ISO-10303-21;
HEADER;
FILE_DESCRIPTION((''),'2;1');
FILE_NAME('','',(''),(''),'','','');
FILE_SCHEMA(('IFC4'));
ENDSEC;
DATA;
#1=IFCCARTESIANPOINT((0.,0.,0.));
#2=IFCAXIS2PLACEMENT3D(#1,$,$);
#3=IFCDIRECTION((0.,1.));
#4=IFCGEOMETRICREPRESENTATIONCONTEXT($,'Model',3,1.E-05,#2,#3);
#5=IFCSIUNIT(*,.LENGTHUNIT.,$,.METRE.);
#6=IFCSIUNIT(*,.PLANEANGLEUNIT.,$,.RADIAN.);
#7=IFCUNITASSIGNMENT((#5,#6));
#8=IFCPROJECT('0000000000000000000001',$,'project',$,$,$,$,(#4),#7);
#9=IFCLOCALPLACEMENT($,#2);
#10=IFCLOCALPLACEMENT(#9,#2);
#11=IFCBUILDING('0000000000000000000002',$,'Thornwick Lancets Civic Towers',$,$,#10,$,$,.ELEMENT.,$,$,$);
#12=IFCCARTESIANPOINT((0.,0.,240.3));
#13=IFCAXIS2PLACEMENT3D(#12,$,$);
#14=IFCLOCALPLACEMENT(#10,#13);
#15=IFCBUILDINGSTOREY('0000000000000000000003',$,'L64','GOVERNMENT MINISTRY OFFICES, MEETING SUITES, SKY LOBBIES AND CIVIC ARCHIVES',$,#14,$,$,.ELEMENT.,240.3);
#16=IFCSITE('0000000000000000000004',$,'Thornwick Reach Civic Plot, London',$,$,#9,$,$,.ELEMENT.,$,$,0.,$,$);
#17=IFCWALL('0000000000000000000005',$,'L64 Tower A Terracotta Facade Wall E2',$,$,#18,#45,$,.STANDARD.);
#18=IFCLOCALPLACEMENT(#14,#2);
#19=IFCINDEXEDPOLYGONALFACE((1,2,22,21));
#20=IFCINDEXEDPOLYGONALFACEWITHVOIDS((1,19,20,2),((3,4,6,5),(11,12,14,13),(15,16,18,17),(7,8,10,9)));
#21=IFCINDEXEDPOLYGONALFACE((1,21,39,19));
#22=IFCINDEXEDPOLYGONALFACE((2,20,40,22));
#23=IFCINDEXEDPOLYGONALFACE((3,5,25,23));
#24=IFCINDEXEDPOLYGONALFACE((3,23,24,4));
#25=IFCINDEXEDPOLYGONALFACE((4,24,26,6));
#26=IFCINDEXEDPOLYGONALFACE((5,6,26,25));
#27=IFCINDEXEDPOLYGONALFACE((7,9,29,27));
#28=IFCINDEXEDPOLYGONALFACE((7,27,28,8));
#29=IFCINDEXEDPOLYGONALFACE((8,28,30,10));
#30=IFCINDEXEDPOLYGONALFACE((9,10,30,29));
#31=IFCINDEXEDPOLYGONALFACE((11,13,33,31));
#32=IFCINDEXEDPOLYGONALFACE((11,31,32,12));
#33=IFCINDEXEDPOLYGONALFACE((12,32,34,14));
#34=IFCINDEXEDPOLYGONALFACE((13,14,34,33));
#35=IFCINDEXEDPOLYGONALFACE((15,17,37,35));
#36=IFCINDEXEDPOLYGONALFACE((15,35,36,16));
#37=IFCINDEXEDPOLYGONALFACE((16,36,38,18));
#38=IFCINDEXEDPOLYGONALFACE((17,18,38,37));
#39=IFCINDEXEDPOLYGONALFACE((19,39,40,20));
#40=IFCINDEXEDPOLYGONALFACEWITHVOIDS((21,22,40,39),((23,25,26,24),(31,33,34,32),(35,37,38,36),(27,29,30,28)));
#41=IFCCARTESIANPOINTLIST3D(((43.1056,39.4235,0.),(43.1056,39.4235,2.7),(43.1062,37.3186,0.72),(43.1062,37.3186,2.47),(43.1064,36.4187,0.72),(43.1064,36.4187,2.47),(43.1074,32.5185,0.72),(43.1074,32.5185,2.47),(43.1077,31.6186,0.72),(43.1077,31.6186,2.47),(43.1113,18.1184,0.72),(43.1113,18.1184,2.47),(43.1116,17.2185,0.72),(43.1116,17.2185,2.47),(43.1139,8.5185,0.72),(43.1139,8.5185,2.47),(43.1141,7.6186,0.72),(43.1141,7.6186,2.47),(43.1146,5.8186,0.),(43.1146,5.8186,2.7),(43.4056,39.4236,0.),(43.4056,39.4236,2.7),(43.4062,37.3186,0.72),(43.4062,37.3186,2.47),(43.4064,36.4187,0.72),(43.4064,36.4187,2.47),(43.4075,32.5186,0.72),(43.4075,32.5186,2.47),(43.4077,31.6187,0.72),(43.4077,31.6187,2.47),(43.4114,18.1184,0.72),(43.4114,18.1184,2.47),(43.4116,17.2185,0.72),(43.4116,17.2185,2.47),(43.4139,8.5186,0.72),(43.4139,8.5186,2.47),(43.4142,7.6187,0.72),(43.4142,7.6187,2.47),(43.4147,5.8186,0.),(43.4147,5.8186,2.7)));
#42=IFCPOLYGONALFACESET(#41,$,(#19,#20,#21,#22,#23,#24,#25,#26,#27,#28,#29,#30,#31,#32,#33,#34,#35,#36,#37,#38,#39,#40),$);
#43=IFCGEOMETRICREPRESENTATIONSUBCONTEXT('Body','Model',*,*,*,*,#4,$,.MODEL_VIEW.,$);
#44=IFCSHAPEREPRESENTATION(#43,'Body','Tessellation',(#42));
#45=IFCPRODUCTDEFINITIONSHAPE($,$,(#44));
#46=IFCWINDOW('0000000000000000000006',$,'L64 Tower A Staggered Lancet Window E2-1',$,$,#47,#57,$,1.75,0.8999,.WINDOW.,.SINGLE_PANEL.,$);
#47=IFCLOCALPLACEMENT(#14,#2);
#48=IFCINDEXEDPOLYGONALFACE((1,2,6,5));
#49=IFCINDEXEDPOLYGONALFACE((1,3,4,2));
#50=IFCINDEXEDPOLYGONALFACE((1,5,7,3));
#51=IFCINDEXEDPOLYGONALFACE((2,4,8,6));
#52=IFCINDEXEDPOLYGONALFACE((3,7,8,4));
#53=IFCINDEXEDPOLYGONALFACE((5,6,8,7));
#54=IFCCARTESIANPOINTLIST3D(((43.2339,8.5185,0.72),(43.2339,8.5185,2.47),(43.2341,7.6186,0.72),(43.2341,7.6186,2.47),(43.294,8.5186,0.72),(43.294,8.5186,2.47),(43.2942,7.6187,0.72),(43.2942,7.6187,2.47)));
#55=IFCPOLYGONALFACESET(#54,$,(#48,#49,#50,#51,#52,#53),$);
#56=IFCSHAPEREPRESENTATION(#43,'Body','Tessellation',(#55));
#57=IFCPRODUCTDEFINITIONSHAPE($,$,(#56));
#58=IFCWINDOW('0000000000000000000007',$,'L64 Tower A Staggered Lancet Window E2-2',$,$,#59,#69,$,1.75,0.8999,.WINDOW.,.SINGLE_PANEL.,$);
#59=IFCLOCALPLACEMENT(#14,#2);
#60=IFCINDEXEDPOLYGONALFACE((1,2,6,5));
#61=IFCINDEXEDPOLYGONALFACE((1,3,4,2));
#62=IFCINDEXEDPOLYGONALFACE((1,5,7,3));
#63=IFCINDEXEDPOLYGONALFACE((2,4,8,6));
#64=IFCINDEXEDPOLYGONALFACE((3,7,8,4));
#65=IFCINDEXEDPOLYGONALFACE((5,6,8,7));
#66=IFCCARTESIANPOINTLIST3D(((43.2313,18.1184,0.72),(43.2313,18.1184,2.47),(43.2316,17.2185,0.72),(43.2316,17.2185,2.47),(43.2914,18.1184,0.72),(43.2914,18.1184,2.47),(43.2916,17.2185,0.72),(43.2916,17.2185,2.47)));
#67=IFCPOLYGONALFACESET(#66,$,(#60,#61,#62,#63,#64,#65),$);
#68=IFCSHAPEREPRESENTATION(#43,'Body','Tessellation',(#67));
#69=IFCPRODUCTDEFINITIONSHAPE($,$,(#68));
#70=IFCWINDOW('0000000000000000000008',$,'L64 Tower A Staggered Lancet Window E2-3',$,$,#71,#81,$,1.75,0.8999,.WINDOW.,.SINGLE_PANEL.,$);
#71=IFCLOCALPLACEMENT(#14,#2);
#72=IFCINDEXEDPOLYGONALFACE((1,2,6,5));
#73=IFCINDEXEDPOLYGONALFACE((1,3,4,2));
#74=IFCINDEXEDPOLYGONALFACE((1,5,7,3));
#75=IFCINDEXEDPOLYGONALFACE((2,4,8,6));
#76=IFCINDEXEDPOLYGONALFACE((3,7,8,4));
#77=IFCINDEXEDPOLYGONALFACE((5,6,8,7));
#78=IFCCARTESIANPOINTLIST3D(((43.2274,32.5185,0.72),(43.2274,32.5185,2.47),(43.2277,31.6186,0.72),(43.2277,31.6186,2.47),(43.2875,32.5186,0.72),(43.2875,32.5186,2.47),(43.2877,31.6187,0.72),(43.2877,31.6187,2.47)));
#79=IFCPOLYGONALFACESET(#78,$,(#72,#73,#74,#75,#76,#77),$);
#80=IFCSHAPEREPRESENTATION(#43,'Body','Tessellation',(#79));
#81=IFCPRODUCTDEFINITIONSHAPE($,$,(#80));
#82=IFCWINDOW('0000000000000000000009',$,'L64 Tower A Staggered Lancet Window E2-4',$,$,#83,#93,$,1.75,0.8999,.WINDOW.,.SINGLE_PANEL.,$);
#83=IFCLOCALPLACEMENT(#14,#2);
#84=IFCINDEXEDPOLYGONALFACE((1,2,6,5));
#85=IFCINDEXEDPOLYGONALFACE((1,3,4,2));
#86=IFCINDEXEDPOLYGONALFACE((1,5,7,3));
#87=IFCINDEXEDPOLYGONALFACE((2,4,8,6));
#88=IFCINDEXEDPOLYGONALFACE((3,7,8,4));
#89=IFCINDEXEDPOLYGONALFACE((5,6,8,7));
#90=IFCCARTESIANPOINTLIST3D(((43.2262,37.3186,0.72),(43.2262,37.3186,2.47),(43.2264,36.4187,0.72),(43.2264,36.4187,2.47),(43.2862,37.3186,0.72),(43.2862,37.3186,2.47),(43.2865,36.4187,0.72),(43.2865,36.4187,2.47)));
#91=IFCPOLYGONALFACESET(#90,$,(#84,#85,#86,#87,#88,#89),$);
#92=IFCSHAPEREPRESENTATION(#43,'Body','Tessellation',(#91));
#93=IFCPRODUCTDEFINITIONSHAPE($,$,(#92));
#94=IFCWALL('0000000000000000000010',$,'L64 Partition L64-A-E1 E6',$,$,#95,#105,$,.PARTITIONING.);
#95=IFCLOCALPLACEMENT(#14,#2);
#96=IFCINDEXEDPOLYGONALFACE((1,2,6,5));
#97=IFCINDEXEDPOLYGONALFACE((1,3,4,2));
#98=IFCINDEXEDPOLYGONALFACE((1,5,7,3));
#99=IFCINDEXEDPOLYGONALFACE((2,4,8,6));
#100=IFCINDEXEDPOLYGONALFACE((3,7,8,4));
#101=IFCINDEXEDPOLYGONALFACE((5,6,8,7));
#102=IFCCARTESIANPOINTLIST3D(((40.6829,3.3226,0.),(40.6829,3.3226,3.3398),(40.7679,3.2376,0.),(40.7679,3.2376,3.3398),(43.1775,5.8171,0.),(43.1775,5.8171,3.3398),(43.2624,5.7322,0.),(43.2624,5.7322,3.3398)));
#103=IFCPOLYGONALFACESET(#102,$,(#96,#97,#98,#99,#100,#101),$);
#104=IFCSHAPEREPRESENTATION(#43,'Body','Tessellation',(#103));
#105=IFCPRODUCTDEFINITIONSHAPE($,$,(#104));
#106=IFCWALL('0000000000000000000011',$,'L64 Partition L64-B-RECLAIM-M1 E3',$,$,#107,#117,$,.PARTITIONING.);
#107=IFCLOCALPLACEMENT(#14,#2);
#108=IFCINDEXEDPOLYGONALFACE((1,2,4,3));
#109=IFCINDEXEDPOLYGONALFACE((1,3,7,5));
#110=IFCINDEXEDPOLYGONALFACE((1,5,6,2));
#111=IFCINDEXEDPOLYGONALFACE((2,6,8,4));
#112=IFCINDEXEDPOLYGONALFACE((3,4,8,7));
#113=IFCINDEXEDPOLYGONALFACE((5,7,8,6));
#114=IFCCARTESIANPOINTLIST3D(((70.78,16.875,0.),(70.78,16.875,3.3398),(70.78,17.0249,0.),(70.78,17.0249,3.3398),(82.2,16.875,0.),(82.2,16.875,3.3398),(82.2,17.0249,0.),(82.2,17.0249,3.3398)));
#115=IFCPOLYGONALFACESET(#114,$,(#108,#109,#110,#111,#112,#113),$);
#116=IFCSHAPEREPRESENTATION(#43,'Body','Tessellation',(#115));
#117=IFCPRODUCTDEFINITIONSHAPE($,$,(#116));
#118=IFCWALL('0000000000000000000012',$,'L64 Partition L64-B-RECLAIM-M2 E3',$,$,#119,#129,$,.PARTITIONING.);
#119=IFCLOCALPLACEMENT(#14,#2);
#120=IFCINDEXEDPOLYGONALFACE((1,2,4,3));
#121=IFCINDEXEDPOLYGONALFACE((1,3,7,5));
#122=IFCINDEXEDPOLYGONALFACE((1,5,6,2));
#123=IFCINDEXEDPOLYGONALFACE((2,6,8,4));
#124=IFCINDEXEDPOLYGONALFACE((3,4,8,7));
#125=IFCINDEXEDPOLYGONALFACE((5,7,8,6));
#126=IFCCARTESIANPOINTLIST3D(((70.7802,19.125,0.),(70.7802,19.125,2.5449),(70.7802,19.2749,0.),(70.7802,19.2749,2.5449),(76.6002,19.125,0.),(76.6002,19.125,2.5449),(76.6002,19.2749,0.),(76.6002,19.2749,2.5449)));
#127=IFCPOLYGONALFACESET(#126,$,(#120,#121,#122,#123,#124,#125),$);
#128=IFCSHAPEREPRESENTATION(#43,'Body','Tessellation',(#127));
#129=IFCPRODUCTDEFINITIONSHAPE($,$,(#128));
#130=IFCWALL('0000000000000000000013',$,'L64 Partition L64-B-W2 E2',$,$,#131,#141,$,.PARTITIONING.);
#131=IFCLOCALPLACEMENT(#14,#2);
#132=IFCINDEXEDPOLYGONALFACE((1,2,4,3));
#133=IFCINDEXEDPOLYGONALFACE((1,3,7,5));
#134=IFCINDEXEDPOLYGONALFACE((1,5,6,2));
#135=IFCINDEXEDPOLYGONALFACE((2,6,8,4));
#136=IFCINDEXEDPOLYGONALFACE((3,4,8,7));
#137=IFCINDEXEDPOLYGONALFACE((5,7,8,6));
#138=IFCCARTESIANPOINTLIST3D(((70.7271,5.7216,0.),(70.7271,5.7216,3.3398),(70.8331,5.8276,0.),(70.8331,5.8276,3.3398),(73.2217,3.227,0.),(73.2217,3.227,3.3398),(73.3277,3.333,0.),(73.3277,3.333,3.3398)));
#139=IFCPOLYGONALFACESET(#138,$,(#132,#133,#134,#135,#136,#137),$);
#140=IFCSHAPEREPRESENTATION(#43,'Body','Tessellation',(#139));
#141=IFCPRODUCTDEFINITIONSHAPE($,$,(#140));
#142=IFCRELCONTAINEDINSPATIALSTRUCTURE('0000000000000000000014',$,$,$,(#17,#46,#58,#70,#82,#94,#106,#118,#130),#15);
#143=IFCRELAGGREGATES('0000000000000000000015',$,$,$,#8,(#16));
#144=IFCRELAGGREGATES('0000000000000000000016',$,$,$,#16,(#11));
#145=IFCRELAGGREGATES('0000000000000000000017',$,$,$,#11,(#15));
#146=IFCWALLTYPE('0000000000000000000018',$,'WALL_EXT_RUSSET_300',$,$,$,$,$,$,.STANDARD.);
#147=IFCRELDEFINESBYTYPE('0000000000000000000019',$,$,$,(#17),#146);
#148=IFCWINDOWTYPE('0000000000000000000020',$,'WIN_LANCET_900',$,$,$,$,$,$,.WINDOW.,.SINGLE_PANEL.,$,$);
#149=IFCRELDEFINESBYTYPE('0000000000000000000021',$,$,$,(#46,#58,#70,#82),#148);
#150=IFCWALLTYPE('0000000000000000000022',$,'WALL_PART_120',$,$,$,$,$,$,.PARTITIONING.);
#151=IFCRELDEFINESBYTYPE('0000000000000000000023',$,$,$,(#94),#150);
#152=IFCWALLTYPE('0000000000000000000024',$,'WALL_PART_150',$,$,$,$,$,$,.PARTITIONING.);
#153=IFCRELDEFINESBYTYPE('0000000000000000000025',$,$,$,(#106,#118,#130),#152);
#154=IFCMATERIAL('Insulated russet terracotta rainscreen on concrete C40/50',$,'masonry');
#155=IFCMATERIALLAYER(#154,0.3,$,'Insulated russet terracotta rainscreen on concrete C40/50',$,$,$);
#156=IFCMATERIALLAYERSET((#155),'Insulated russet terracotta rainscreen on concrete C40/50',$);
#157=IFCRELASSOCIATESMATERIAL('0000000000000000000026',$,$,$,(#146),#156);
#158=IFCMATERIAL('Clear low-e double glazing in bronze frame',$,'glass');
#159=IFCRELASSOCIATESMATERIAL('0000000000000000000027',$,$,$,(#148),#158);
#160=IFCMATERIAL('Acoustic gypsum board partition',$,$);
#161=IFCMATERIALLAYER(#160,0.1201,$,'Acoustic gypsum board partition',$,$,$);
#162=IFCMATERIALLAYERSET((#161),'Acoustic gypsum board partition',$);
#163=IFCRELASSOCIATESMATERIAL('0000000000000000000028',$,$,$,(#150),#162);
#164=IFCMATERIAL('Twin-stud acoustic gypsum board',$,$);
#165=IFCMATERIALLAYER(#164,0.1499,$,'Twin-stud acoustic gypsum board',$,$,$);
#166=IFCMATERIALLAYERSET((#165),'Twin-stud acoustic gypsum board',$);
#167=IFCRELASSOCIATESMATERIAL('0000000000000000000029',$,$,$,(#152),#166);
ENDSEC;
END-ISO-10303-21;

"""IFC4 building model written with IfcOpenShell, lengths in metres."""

from ifc_helpers import new_model, si_unit, direction, frame, frame_2d, origin, place, context, subcontext, project, spatial, rectangle, extrude, material, layer, layer_set, type_object, element, fill, save


model = new_model("IFC4")

# Units and contexts
model_context = context("Model", 3, precision=1e-05, world=origin(), true_north=direction((0.0, 1.0)))
body_context = subcontext(model_context, "Body", "Model", "MODEL_VIEW")
ifc_project = project(units=[si_unit("LENGTHUNIT", "METRE"), si_unit("PLANEANGLEUNIT", "RADIAN")], contexts=[model_context])

# Site, building, storey
site_placement = place(None, origin())
site = spatial("IfcSite", under=ifc_project, at=site_placement, Name="Thornwick Reach Civic Plot, London", CompositionType="ELEMENT", RefElevation=0.0)
building_placement = place(site_placement, origin())
building = spatial("IfcBuilding", under=site, at=building_placement, Name="Thornwick Lancets Civic Towers", CompositionType="ELEMENT")
storey_placement = place(building_placement, frame((0.0, 0.0, 240.3)))
storey = spatial("IfcBuildingStorey", under=building, at=storey_placement, Name="L64", Description="GOVERNMENT MINISTRY OFFICES, MEETING SUITES, SKY LOBBIES AND CIVIC ARCHIVES", CompositionType="ELEMENT", Elevation=240.3)

# Wall, openings, windows
ifc_material_1 = material(Name="Insulated russet terracotta rainscreen on concrete C40/50", Category="masonry")
ifc_layer_1 = layer(ifc_material_1, 0.3, Name="Insulated russet terracotta rainscreen on concrete C40/50")
ifc_layer_set_1 = layer_set([ifc_layer_1], Name="Insulated russet terracotta rainscreen on concrete C40/50")
wall_type_1 = type_object("IfcWallType", Name="WALL_EXT_RUSSET_300", PredefinedType="STANDARD", material=ifc_layer_set_1)
wall_1_placement = place(storey_placement, frame((43.2646, 5.8186, 0.0), z_axis=(0.0, 0.0, 1.0), x_axis=(-0.000269, 1.0, 0.0)))
wall_1 = element("IfcWall", 1, at=wall_1_placement, inside=storey, type_object=wall_type_1, Name="L64 Tower A Terracotta Facade Wall E2", PredefinedType="STANDARD", context=body_context, shape_type="SweptSolid", body=[
    extrude(rectangle(XDim=33.605, YDim=0.3, at=frame_2d((16.8025, 0.0))), origin(), (0.0, 0.0, 1.0), 2.7),
])
opening_1_placement = place(wall_1_placement, frame((1.8, 0.0, 0.72)))
opening_1 = element("IfcOpeningElement", 2, at=opening_1_placement, cuts=wall_1, PredefinedType="OPENING", context=body_context, shape_type="SweptSolid", body=[
    extrude(rectangle(XDim=0.8999, YDim=1.75, at=frame_2d((0.45, 0.875))), frame((0.0, 0.1602, 0.0), z_axis=(0.0, -1.0, 0.0), x_axis=(1.0, 0.0, 0.0)), (0.0, 0.0, 1.0), 0.3201),
])
opening_2_placement = place(wall_1_placement, frame((11.3999, 0.0, 0.72)))
opening_2 = element("IfcOpeningElement", 3, at=opening_2_placement, cuts=wall_1, PredefinedType="OPENING", context=body_context, shape_type="SweptSolid", body=[
    extrude(rectangle(XDim=0.8999, YDim=1.75, at=frame_2d((0.45, 0.875))), frame((0.0, 0.1602, 0.0), z_axis=(0.0, -1.0, 0.0), x_axis=(1.0, 0.0, 0.0)), (0.0, 0.0, 1.0), 0.3201),
])
opening_3_placement = place(wall_1_placement, frame((25.8, 0.0, 0.72)))
opening_3 = element("IfcOpeningElement", 4, at=opening_3_placement, cuts=wall_1, PredefinedType="OPENING", context=body_context, shape_type="SweptSolid", body=[
    extrude(rectangle(XDim=0.8999, YDim=1.75, at=frame_2d((0.45, 0.875))), frame((0.0, 0.1602, 0.0), z_axis=(0.0, -1.0, 0.0), x_axis=(1.0, 0.0, 0.0)), (0.0, 0.0, 1.0), 0.3201),
])
opening_4_placement = place(wall_1_placement, frame((30.6001, 0.0, 0.72)))
opening_4 = element("IfcOpeningElement", 5, at=opening_4_placement, cuts=wall_1, PredefinedType="OPENING", context=body_context, shape_type="SweptSolid", body=[
    extrude(rectangle(XDim=0.8999, YDim=1.75, at=frame_2d((0.45, 0.875))), frame((0.0, 0.1602, 0.0), z_axis=(0.0, -1.0, 0.0), x_axis=(1.0, 0.0, 0.0)), (0.0, 0.0, 1.0), 0.3201),
])
ifc_material_2 = material(Name="Clear low-e double glazing in bronze frame", Category="glass")
window_type = type_object("IfcWindowType", Name="WIN_LANCET_900", PartitioningType="SINGLE_PANEL", PredefinedType="WINDOW", material=ifc_material_2)
window_1_placement = place(opening_1_placement, origin())
window_1 = element("IfcWindow", 6, at=window_1_placement, inside=storey, type_object=window_type, Name="L64 Tower A Staggered Lancet Window E2-1", OverallHeight=1.75, OverallWidth=0.8999, PartitioningType="SINGLE_PANEL", PredefinedType="WINDOW", context=body_context, shape_type="SweptSolid", body=[
    extrude(rectangle(XDim=0.8999, YDim=1.75, at=frame_2d((0.45, 0.875))), frame((0.0, 0.03, 0.0), z_axis=(0.0, -1.0, 0.0), x_axis=(1.0, 0.0, 0.0)), (0.0, 0.0, 1.0), 0.0601),
])
fill(opening_1, window_1)
window_2_placement = place(opening_2_placement, origin())
window_2 = element("IfcWindow", 7, at=window_2_placement, inside=storey, type_object=window_type, Name="L64 Tower A Staggered Lancet Window E2-2", OverallHeight=1.75, OverallWidth=0.8999, PartitioningType="SINGLE_PANEL", PredefinedType="WINDOW", context=body_context, shape_type="SweptSolid", body=[
    extrude(rectangle(XDim=0.8999, YDim=1.75, at=frame_2d((0.45, 0.875))), frame((0.0, 0.03, 0.0), z_axis=(0.0, -1.0, 0.0), x_axis=(1.0, 0.0, 0.0)), (0.0, 0.0, 1.0), 0.0601),
])
fill(opening_2, window_2)
window_3_placement = place(opening_3_placement, origin())
window_3 = element("IfcWindow", 8, at=window_3_placement, inside=storey, type_object=window_type, Name="L64 Tower A Staggered Lancet Window E2-3", OverallHeight=1.75, OverallWidth=0.8999, PartitioningType="SINGLE_PANEL", PredefinedType="WINDOW", context=body_context, shape_type="SweptSolid", body=[
    extrude(rectangle(XDim=0.8999, YDim=1.75, at=frame_2d((0.45, 0.875))), frame((0.0, 0.03, 0.0), z_axis=(0.0, -1.0, 0.0), x_axis=(1.0, 0.0, 0.0)), (0.0, 0.0, 1.0), 0.0601),
])
fill(opening_3, window_3)
window_4_placement = place(opening_4_placement, origin())
window_4 = element("IfcWindow", 9, at=window_4_placement, inside=storey, type_object=window_type, Name="L64 Tower A Staggered Lancet Window E2-4", OverallHeight=1.75, OverallWidth=0.8999, PartitioningType="SINGLE_PANEL", PredefinedType="WINDOW", context=body_context, shape_type="SweptSolid", body=[
    extrude(rectangle(XDim=0.8999, YDim=1.75, at=frame_2d((0.45, 0.875))), frame((0.0, 0.03, 0.0), z_axis=(0.0, -1.0, 0.0), x_axis=(1.0, 0.0, 0.0)), (0.0, 0.0, 1.0), 0.0601),
])
fill(opening_4, window_4)

# Walls
ifc_material_3 = material(Name="Acoustic gypsum board partition")
ifc_layer_2 = layer(ifc_material_3, 0.1201, Name="Acoustic gypsum board partition")
ifc_layer_set_2 = layer_set([ifc_layer_2], Name="Acoustic gypsum board partition")
wall_type_2 = type_object("IfcWallType", Name="WALL_PART_120", PredefinedType="PARTITIONING", material=ifc_layer_set_2)
wall_2_placement = place(storey_placement, frame((43.22, 5.7747, 0.0), z_axis=(0.0, 0.0, 1.0), x_axis=(-0.707107, -0.707107, 0.0)))
element("IfcWall", 10, at=wall_2_placement, inside=storey, type_object=wall_type_2, Name="L64 Partition L64-A-E1 E6", PredefinedType="PARTITIONING", context=body_context, shape_type="SweptSolid", body=[
    extrude(rectangle(XDim=3.5278, YDim=0.1201, at=frame_2d((1.7639, 0.0))), origin(), (0.0, 0.0, 1.0), 3.3398),
])
ifc_material_4 = material(Name="Twin-stud acoustic gypsum board")
ifc_layer_3 = layer(ifc_material_4, 0.1499, Name="Twin-stud acoustic gypsum board")
ifc_layer_set_3 = layer_set([ifc_layer_3], Name="Twin-stud acoustic gypsum board")
wall_type_3 = type_object("IfcWallType", Name="WALL_PART_150", PredefinedType="PARTITIONING", material=ifc_layer_set_3)
wall_3_placement = place(storey_placement, frame((70.78, 16.95, 0.0), z_axis=(0.0, 0.0, 1.0), x_axis=(1.0, 0.0, 0.0)))
element("IfcWall", 11, at=wall_3_placement, inside=storey, type_object=wall_type_3, Name="L64 Partition L64-B-RECLAIM-M1 E3", PredefinedType="PARTITIONING", context=body_context, shape_type="SweptSolid", body=[
    extrude(rectangle(XDim=11.4199, YDim=0.1499, at=frame_2d((5.71, 0.0))), origin(), (0.0, 0.0, 1.0), 3.3398),
])
wall_4_placement = place(storey_placement, frame((70.78, 19.2, 0.0), z_axis=(0.0, 0.0, 1.0), x_axis=(1.0, 0.0, 0.0)))
element("IfcWall", 12, at=wall_4_placement, inside=storey, type_object=wall_type_3, Name="L64 Partition L64-B-RECLAIM-M2 E3", PredefinedType="PARTITIONING", context=body_context, shape_type="SweptSolid", body=[
    extrude(rectangle(XDim=5.8201, YDim=0.1499, at=frame_2d((2.9102, 0.0))), origin(), (0.0, 0.0, 1.0), 2.5449),
])
wall_5_placement = place(storey_placement, frame((73.2747, 3.28, 0.0), z_axis=(0.0, 0.0, 1.0), x_axis=(-0.707107, 0.707107, 0.0)))
element("IfcWall", 13, at=wall_5_placement, inside=storey, type_object=wall_type_3, Name="L64 Partition L64-B-W2 E2", PredefinedType="PARTITIONING", context=body_context, shape_type="SweptSolid", body=[
    extrude(rectangle(XDim=3.5278, YDim=0.1499, at=frame_2d((1.7639, 0.0))), origin(), (0.0, 0.0, 1.0), 3.3398),
])

save(model, "model.ifc")
